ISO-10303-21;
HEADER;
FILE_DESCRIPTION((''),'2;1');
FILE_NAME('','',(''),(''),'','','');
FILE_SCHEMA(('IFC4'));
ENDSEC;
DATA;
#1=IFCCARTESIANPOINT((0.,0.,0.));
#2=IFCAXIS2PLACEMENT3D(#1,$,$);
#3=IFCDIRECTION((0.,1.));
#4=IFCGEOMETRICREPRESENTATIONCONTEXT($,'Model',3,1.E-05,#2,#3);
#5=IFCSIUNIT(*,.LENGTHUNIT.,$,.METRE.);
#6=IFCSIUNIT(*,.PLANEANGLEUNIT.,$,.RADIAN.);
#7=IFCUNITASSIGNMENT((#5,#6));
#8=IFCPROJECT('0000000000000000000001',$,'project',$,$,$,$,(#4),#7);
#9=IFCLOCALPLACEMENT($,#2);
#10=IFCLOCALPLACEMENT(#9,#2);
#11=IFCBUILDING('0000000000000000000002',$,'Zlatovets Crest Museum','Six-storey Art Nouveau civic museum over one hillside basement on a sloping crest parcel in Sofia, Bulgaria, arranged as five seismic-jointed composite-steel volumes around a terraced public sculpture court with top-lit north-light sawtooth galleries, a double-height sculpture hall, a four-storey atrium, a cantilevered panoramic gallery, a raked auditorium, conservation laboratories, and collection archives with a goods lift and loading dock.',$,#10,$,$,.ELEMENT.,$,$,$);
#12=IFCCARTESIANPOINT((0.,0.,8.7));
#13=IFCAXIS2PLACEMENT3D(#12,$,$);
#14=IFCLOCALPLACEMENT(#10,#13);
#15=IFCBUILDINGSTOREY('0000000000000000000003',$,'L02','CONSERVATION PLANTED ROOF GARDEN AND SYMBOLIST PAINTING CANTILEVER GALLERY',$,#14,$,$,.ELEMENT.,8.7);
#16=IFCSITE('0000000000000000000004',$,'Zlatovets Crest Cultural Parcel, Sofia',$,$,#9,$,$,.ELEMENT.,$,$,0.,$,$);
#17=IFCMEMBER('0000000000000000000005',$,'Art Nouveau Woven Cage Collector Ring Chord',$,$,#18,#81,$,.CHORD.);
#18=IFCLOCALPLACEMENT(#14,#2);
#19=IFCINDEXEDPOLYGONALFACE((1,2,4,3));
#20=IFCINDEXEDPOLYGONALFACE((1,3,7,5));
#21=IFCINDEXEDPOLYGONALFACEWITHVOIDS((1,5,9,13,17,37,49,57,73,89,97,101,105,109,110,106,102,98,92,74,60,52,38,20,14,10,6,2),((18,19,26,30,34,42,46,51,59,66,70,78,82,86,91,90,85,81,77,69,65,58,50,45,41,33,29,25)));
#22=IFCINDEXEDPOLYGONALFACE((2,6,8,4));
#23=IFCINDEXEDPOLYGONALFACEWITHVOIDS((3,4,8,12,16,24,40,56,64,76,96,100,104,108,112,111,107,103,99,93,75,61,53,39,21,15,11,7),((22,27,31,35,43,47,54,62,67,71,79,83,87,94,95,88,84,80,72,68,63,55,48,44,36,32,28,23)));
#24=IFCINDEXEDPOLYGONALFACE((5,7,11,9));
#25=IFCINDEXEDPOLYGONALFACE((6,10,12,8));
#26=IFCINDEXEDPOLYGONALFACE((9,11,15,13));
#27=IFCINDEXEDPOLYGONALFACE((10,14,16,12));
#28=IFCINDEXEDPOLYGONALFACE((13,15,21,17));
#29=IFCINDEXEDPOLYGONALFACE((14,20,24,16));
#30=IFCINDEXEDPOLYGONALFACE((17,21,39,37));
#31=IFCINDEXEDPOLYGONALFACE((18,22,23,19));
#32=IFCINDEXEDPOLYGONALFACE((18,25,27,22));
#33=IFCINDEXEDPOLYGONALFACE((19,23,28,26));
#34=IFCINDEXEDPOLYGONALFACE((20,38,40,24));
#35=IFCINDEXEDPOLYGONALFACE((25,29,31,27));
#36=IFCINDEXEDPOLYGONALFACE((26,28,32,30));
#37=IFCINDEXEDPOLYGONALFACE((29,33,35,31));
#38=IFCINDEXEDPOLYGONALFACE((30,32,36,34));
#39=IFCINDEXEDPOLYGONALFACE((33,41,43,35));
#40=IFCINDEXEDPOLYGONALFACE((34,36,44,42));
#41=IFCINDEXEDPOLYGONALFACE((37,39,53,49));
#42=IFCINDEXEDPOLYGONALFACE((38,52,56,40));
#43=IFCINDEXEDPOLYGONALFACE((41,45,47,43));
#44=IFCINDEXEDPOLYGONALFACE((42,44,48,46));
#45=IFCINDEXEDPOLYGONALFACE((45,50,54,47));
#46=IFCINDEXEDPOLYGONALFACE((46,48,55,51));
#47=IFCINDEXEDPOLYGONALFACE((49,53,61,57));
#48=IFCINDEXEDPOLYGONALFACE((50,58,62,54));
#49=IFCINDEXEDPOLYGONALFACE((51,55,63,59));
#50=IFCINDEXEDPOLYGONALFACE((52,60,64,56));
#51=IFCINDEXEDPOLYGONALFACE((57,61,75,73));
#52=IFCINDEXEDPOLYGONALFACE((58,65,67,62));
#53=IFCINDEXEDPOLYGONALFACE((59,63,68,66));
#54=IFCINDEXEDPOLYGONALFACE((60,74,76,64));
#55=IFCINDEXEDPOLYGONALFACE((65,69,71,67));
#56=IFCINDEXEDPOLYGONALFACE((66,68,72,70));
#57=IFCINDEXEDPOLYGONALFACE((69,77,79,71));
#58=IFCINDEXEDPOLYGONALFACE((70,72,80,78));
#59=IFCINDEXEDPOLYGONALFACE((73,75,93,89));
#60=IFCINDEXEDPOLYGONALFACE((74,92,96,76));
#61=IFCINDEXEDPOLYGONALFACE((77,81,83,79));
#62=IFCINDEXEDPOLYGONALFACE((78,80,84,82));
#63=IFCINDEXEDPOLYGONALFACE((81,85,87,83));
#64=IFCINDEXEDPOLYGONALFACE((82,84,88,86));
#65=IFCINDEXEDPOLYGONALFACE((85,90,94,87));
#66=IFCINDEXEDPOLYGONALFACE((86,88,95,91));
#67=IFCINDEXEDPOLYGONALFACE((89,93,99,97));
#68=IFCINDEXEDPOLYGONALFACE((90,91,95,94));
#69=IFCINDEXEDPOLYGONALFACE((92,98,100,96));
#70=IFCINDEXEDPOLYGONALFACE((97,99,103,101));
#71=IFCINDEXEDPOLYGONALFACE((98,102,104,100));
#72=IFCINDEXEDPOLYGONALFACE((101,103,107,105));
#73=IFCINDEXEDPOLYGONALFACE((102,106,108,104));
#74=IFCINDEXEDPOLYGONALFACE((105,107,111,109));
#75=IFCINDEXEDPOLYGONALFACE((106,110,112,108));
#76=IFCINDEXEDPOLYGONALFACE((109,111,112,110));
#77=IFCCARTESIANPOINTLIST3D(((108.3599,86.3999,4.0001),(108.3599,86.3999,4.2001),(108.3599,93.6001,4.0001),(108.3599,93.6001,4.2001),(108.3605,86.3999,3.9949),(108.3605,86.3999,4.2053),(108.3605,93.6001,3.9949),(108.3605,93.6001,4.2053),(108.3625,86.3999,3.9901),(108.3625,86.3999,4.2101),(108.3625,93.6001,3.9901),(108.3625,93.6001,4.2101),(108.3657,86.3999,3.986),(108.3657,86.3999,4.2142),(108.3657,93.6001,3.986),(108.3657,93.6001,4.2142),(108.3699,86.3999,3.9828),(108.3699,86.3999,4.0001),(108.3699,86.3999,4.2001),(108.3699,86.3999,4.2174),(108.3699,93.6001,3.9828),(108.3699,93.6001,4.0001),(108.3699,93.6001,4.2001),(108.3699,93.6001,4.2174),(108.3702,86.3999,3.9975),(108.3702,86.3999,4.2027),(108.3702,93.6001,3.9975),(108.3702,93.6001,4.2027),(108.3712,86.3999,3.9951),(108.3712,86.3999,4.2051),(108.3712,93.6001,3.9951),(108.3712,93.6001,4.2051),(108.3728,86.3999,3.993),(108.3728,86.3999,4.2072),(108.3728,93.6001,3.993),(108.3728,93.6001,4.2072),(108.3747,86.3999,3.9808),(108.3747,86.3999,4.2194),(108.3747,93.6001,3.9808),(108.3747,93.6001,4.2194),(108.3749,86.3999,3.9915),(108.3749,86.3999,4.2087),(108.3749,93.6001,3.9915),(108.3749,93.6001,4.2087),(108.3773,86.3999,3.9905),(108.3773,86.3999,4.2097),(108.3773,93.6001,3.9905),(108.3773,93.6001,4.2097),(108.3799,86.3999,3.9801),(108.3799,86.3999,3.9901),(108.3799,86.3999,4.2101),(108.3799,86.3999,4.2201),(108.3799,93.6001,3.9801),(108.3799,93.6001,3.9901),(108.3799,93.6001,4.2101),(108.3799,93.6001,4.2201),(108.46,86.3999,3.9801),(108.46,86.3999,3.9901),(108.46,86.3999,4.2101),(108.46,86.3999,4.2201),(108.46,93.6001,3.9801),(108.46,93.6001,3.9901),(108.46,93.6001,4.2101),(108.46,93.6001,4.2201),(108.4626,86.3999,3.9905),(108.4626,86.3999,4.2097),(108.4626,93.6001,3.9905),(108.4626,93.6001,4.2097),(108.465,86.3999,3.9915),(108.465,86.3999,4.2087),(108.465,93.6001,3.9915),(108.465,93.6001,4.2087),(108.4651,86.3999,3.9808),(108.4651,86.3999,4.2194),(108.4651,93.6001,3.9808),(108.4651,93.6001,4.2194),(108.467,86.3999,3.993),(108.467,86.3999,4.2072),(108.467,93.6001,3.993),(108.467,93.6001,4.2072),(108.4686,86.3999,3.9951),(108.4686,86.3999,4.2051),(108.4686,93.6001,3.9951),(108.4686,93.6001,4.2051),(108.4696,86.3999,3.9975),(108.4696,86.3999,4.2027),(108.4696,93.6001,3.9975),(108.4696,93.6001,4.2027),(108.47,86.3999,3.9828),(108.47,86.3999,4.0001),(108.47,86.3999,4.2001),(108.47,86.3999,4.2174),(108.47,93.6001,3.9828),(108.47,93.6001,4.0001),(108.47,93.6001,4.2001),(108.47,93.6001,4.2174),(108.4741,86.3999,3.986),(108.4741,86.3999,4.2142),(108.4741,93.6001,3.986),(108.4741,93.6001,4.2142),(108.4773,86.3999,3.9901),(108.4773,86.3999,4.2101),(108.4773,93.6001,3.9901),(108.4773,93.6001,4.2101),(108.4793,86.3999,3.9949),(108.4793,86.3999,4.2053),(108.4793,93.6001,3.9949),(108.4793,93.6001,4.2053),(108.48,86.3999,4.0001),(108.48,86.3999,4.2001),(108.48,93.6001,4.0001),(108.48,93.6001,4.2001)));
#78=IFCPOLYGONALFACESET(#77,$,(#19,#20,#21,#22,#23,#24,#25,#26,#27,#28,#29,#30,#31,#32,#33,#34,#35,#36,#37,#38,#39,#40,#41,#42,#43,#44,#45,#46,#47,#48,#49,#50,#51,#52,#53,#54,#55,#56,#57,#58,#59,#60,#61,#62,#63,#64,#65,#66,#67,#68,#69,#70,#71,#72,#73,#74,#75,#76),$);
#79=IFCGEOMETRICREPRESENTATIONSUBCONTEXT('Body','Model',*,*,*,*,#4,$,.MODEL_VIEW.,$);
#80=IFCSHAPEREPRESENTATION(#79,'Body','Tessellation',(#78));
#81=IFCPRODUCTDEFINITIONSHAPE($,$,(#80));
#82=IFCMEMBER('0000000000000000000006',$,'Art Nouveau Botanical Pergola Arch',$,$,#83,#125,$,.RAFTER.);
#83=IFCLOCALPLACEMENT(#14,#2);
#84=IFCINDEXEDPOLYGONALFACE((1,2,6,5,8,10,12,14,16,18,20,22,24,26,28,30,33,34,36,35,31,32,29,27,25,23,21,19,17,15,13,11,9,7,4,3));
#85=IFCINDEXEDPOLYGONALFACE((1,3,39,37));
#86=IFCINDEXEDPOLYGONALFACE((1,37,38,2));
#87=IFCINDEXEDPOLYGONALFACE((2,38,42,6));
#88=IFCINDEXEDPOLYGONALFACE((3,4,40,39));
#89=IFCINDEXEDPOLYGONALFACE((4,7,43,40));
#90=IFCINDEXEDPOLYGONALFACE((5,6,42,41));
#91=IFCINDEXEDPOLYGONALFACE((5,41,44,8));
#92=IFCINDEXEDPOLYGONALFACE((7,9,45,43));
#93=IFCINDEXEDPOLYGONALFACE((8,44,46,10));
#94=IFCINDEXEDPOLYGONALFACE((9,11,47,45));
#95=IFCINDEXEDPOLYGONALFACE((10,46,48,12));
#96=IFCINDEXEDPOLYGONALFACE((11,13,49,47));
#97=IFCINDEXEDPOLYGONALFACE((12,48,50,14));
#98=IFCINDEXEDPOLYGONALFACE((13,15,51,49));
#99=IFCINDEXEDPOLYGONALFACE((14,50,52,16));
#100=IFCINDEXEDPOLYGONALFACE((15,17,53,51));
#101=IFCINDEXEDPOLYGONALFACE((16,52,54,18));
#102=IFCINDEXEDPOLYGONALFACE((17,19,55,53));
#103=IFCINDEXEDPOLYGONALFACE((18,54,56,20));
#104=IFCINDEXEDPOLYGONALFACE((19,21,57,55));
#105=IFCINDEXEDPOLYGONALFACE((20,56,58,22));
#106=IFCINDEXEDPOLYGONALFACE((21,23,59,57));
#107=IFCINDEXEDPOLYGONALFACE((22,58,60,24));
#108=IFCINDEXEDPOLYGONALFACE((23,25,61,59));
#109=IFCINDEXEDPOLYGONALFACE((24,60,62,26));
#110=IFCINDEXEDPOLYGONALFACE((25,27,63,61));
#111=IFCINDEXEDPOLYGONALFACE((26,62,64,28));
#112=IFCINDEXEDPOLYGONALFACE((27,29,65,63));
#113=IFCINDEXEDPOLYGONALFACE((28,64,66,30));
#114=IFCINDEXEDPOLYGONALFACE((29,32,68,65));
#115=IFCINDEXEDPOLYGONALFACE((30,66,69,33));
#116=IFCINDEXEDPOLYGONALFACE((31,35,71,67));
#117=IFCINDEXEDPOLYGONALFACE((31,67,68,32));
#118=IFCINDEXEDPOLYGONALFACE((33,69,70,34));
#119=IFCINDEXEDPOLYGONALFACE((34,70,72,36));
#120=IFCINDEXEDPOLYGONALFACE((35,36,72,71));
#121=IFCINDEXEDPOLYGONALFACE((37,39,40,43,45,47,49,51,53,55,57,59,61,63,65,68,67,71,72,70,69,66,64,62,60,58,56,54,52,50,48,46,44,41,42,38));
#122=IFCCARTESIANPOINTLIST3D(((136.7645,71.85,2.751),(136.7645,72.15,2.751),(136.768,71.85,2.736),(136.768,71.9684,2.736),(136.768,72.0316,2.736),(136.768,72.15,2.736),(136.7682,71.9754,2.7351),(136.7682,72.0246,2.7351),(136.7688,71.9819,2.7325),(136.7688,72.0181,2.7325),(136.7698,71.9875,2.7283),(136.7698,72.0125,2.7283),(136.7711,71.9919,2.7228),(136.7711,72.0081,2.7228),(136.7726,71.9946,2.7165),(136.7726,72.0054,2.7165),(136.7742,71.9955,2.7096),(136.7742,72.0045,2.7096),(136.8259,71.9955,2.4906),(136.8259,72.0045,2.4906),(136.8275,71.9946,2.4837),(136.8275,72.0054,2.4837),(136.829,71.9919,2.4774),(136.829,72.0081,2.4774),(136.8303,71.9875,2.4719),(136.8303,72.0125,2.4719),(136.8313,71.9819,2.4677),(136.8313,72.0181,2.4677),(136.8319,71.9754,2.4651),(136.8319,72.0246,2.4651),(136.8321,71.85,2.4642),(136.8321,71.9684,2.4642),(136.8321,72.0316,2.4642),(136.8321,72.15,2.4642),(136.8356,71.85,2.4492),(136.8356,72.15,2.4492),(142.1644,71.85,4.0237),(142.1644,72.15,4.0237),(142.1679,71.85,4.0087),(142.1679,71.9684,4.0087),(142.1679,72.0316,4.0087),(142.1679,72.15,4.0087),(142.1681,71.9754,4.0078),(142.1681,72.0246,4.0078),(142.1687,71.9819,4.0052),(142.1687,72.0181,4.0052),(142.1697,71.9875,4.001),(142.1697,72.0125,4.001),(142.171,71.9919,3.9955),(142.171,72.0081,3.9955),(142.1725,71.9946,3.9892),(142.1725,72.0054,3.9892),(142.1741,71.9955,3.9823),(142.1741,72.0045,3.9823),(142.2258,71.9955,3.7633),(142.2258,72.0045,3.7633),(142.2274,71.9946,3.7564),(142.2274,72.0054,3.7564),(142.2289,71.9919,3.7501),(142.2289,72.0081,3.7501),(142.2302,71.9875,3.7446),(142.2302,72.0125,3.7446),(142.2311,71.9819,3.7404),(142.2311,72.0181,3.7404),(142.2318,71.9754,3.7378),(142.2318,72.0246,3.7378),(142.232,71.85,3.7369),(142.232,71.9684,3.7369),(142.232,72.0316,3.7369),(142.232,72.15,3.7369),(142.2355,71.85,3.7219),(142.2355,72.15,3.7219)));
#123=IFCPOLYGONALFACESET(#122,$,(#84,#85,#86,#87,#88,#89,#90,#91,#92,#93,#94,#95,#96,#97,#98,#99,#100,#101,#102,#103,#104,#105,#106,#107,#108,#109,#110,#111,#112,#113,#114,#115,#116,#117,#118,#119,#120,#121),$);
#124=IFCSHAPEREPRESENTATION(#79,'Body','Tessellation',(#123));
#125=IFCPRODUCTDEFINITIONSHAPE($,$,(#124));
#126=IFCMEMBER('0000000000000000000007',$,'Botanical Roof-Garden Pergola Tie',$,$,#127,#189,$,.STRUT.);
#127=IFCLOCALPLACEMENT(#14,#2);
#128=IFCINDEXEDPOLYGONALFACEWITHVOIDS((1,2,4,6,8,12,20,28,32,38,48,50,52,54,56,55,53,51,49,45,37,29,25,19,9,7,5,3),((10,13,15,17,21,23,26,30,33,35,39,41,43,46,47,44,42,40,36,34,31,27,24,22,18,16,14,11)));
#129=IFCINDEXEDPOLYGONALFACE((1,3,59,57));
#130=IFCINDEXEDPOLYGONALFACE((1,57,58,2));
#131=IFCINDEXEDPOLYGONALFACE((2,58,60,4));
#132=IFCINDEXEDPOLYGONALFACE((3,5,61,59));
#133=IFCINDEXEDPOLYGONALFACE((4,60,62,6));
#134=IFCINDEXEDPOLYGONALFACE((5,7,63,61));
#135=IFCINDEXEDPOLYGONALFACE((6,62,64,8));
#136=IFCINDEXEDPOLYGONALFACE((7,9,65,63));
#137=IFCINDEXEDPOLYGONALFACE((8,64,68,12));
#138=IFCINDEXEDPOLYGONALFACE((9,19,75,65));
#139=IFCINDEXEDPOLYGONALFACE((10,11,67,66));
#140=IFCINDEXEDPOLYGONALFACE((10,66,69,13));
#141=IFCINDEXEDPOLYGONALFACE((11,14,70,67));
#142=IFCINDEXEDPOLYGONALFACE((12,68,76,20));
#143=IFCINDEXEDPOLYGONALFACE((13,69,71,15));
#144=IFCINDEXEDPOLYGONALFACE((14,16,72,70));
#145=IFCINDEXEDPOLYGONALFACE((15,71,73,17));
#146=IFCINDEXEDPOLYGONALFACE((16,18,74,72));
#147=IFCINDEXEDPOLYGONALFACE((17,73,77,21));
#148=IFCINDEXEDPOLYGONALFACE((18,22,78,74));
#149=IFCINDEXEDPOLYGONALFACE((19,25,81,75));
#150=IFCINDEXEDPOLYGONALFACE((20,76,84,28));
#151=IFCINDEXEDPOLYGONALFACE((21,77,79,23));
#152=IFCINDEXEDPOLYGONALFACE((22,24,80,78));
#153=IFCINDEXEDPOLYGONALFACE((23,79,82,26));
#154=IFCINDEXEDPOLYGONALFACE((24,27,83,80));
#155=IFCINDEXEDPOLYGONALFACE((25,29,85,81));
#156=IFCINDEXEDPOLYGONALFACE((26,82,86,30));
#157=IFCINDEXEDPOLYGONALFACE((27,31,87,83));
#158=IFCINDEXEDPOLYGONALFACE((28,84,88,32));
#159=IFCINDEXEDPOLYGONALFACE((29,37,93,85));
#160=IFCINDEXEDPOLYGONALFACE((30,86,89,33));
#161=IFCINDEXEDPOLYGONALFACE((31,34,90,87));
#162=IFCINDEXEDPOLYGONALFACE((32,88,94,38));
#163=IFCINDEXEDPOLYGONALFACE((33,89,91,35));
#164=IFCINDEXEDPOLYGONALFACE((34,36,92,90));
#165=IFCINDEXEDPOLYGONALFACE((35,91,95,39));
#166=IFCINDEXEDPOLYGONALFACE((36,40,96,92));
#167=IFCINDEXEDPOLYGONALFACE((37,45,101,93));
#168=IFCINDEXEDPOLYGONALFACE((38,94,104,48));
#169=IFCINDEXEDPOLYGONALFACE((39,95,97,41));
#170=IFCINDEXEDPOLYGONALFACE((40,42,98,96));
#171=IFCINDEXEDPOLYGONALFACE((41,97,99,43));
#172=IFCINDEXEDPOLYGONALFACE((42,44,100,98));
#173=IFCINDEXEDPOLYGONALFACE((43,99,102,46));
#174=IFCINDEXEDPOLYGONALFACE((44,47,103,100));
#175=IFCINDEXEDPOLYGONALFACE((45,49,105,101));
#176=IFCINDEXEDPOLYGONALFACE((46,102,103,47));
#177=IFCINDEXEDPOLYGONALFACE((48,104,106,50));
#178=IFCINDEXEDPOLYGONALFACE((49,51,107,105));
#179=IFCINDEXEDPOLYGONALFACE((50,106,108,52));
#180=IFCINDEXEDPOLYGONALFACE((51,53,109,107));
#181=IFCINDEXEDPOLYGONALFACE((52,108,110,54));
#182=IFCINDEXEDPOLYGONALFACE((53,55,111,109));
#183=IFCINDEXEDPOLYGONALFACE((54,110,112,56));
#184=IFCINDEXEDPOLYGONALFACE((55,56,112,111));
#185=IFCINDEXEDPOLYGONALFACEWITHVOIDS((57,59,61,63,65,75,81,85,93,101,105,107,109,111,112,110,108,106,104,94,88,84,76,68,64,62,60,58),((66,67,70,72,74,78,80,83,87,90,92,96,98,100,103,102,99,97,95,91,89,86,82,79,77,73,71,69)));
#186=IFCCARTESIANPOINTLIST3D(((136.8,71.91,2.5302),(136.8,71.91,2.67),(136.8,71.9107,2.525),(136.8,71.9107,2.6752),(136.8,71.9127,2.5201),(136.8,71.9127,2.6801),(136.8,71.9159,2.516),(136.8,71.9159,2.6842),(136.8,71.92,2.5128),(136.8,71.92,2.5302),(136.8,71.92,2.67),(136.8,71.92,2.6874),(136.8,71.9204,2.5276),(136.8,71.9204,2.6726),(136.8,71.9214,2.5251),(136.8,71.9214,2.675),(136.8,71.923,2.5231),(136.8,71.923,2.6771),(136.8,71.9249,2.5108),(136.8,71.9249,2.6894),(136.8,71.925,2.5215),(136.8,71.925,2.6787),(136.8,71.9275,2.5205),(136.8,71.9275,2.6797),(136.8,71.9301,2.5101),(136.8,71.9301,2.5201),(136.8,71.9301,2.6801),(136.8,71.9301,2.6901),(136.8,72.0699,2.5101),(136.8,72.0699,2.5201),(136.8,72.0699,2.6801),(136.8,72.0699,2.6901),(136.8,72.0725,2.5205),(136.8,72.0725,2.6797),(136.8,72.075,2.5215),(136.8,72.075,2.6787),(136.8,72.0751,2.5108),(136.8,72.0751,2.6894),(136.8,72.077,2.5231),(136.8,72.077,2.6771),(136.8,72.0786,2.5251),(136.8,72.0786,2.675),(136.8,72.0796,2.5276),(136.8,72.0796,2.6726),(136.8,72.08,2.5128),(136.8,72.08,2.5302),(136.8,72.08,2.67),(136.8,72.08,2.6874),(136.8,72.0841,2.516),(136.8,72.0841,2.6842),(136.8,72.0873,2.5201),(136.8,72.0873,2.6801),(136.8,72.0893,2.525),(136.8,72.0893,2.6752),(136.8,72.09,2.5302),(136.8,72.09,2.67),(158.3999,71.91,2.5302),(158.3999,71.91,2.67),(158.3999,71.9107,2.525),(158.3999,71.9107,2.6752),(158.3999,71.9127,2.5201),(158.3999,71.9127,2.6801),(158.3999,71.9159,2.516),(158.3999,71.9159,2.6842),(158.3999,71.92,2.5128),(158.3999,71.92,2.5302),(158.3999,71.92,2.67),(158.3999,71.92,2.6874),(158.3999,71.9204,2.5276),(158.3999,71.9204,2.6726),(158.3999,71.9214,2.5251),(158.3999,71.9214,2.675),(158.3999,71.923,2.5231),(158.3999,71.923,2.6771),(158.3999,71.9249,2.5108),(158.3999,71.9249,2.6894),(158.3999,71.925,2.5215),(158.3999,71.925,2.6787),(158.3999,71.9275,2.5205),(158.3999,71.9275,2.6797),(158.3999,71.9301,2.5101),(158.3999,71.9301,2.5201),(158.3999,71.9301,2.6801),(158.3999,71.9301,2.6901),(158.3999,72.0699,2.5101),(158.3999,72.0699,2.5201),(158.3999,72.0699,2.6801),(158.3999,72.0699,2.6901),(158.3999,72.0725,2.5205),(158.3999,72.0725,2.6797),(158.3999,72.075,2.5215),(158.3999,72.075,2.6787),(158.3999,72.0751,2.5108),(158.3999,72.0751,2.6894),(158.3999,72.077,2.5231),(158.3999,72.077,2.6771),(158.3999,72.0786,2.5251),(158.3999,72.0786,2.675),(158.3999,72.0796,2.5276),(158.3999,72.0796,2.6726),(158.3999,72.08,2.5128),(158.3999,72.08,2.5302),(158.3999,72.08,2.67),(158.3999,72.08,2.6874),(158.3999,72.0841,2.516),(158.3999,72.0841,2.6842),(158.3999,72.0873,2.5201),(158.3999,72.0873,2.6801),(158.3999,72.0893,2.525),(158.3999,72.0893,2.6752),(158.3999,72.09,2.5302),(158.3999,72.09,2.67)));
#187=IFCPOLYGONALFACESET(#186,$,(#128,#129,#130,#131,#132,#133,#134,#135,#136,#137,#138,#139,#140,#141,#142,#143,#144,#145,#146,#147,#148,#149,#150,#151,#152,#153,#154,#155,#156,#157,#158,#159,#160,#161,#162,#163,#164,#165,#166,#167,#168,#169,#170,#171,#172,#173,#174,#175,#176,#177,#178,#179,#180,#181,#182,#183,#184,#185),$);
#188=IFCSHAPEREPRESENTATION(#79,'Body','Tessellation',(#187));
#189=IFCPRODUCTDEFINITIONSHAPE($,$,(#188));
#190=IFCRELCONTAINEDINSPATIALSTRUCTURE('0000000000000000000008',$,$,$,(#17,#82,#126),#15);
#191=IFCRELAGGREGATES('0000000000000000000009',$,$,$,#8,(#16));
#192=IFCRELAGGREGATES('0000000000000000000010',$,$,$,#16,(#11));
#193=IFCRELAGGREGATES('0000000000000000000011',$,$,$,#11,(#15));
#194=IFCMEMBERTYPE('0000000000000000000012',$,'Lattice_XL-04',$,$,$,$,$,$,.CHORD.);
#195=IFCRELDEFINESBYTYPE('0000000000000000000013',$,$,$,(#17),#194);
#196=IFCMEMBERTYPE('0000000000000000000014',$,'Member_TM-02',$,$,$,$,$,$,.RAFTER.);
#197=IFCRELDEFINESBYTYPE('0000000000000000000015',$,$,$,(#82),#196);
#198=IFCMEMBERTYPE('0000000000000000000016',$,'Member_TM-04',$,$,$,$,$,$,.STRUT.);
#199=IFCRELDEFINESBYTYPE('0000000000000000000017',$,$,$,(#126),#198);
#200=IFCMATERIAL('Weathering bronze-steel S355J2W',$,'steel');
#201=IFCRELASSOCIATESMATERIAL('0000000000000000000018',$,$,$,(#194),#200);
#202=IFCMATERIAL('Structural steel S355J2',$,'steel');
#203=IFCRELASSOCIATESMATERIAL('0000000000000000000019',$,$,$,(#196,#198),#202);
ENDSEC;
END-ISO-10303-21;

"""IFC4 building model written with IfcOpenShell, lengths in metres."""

from ifc_helpers import new_model, si_unit, direction, frame, origin, origin_2d, place, context, subcontext, project, spatial, hollow_rectangle, i_section, extrude, material, material_profile, profile_set, type_object, element, save


model = new_model("IFC4")

# Units and contexts
model_context = context("Model", 3, precision=1e-05, world=origin(), true_north=direction((0.0, 1.0)))
body_context = subcontext(model_context, "Body", "Model", "MODEL_VIEW")
ifc_project = project(units=[si_unit("LENGTHUNIT", "METRE"), si_unit("PLANEANGLEUNIT", "RADIAN")], contexts=[model_context])

# Site, building, storey
site_placement = place(None, origin())
site = spatial("IfcSite", under=ifc_project, at=site_placement, Name="Zlatovets Crest Cultural Parcel, Sofia", CompositionType="ELEMENT", RefElevation=0.0)
building_placement = place(site_placement, origin())
building = spatial("IfcBuilding", under=site, at=building_placement, Name="Zlatovets Crest Museum", Description="Six-storey Art Nouveau civic museum over one hillside basement on a sloping crest parcel in Sofia, Bulgaria, arranged as five seismic-jointed composite-steel volumes around a terraced public sculpture court with top-lit north-light sawtooth galleries, a double-height sculpture hall, a four-storey atrium, a cantilevered panoramic gallery, a raked auditorium, conservation laboratories, and collection archives with a goods lift and loading dock.", CompositionType="ELEMENT")
storey_placement = place(building_placement, frame((0.0, 0.0, 8.7)))
storey = spatial("IfcBuildingStorey", under=building, at=storey_placement, Name="L02", Description="CONSERVATION PLANTED ROOF GARDEN AND SYMBOLIST PAINTING CANTILEVER GALLERY", CompositionType="ELEMENT", Elevation=8.7)

# Shared definitions
ifc_material_1 = material(Name="Structural steel S355J2", Category="steel")

# Members
ifc_material_2 = material(Name="Weathering bronze-steel S355J2W", Category="steel")
ifc_material_profile_1 = material_profile(ifc_material_2, hollow_rectangle(XDim=0.1201, YDim=0.24, WallThickness=0.01, InnerFilletRadius=0.01, OuterFilletRadius=0.02, at=origin_2d()), Name="RHS 120x240x10.0")
ifc_profile_set_1 = profile_set([ifc_material_profile_1], Name="Weathering bronze-steel S355J2W")
member_type_1 = type_object("IfcMemberType", Name="Lattice_XL-04", PredefinedType="CHORD", material=ifc_profile_set_1)
member_1_placement = place(storey_placement, frame((108.4199, 86.3999, 4.1001), z_axis=(0.0, 1.0, 0.0), x_axis=(-1.0, 0.0, 0.0)))
element("IfcMember", 1, at=member_1_placement, inside=storey, type_object=member_type_1, Name="Art Nouveau Woven Cage Collector Ring Chord", PredefinedType="CHORD", context=body_context, shape_type="SweptSolid", body=[
    extrude(hollow_rectangle(XDim=0.1201, YDim=0.24, WallThickness=0.01, InnerFilletRadius=0.01, OuterFilletRadius=0.02, at=origin_2d()), origin(), (0.0, 0.0, 1.0), 7.2002),
])
ifc_material_profile_2 = material_profile(ifc_material_1, i_section(OverallWidth=0.3, OverallDepth=0.3101, WebThickness=0.009, FlangeThickness=0.0154, FilletRadius=0.0271, at=origin_2d()), Name="HEA 320")
ifc_profile_set_2 = profile_set([ifc_material_profile_2], Name="Structural steel S355J2")
member_type_2 = type_object("IfcMemberType", Name="Member_TM-02", PredefinedType="RAFTER", material=ifc_profile_set_2)
member_2_placement = place(storey_placement, frame((136.8, 72.0, 2.6001), z_axis=(0.973331, 0.0, 0.229405), x_axis=(0.0, 1.0, 0.0)))
element("IfcMember", 2, at=member_2_placement, inside=storey, type_object=member_type_2, Name="Art Nouveau Botanical Pergola Arch", PredefinedType="RAFTER", context=body_context, shape_type="SweptSolid", body=[
    extrude(i_section(OverallWidth=0.3, OverallDepth=0.3101, WebThickness=0.009, FlangeThickness=0.0154, FilletRadius=0.0271, at=origin_2d()), origin(), (0.0, 0.0, 1.0), 5.5479),
])
ifc_material_profile_3 = material_profile(ifc_material_1, hollow_rectangle(XDim=0.1799, YDim=0.1799, WallThickness=0.01, InnerFilletRadius=0.01, OuterFilletRadius=0.02, at=origin_2d()), Name="SHS 180x180x10.0")
ifc_profile_set_3 = profile_set([ifc_material_profile_3], Name="Structural steel S355J2")
member_type_3 = type_object("IfcMemberType", Name="Member_TM-04", PredefinedType="STRUT", material=ifc_profile_set_3)
for number, where, z_axis, x_axis, name in (
    (3, (136.8, 72.0, 2.6001), (1.0, 0.0, 0.0), (0.0, 1.0, 0.0), "Botanical Roof-Garden Pergola Tie"),
):
    element("IfcMember", number, at=place(storey_placement, frame(where, z_axis=z_axis, x_axis=x_axis)), inside=storey, type_object=member_type_3, Name=name, PredefinedType="STRUT", context=body_context, shape_type="SweptSolid", body=[
        extrude(hollow_rectangle(XDim=0.1799, YDim=0.1799, WallThickness=0.01, InnerFilletRadius=0.01, OuterFilletRadius=0.02, at=origin_2d()), origin(), (0.0, 0.0, 1.0), 21.5999),
    ])

save(model, "model.ifc")
